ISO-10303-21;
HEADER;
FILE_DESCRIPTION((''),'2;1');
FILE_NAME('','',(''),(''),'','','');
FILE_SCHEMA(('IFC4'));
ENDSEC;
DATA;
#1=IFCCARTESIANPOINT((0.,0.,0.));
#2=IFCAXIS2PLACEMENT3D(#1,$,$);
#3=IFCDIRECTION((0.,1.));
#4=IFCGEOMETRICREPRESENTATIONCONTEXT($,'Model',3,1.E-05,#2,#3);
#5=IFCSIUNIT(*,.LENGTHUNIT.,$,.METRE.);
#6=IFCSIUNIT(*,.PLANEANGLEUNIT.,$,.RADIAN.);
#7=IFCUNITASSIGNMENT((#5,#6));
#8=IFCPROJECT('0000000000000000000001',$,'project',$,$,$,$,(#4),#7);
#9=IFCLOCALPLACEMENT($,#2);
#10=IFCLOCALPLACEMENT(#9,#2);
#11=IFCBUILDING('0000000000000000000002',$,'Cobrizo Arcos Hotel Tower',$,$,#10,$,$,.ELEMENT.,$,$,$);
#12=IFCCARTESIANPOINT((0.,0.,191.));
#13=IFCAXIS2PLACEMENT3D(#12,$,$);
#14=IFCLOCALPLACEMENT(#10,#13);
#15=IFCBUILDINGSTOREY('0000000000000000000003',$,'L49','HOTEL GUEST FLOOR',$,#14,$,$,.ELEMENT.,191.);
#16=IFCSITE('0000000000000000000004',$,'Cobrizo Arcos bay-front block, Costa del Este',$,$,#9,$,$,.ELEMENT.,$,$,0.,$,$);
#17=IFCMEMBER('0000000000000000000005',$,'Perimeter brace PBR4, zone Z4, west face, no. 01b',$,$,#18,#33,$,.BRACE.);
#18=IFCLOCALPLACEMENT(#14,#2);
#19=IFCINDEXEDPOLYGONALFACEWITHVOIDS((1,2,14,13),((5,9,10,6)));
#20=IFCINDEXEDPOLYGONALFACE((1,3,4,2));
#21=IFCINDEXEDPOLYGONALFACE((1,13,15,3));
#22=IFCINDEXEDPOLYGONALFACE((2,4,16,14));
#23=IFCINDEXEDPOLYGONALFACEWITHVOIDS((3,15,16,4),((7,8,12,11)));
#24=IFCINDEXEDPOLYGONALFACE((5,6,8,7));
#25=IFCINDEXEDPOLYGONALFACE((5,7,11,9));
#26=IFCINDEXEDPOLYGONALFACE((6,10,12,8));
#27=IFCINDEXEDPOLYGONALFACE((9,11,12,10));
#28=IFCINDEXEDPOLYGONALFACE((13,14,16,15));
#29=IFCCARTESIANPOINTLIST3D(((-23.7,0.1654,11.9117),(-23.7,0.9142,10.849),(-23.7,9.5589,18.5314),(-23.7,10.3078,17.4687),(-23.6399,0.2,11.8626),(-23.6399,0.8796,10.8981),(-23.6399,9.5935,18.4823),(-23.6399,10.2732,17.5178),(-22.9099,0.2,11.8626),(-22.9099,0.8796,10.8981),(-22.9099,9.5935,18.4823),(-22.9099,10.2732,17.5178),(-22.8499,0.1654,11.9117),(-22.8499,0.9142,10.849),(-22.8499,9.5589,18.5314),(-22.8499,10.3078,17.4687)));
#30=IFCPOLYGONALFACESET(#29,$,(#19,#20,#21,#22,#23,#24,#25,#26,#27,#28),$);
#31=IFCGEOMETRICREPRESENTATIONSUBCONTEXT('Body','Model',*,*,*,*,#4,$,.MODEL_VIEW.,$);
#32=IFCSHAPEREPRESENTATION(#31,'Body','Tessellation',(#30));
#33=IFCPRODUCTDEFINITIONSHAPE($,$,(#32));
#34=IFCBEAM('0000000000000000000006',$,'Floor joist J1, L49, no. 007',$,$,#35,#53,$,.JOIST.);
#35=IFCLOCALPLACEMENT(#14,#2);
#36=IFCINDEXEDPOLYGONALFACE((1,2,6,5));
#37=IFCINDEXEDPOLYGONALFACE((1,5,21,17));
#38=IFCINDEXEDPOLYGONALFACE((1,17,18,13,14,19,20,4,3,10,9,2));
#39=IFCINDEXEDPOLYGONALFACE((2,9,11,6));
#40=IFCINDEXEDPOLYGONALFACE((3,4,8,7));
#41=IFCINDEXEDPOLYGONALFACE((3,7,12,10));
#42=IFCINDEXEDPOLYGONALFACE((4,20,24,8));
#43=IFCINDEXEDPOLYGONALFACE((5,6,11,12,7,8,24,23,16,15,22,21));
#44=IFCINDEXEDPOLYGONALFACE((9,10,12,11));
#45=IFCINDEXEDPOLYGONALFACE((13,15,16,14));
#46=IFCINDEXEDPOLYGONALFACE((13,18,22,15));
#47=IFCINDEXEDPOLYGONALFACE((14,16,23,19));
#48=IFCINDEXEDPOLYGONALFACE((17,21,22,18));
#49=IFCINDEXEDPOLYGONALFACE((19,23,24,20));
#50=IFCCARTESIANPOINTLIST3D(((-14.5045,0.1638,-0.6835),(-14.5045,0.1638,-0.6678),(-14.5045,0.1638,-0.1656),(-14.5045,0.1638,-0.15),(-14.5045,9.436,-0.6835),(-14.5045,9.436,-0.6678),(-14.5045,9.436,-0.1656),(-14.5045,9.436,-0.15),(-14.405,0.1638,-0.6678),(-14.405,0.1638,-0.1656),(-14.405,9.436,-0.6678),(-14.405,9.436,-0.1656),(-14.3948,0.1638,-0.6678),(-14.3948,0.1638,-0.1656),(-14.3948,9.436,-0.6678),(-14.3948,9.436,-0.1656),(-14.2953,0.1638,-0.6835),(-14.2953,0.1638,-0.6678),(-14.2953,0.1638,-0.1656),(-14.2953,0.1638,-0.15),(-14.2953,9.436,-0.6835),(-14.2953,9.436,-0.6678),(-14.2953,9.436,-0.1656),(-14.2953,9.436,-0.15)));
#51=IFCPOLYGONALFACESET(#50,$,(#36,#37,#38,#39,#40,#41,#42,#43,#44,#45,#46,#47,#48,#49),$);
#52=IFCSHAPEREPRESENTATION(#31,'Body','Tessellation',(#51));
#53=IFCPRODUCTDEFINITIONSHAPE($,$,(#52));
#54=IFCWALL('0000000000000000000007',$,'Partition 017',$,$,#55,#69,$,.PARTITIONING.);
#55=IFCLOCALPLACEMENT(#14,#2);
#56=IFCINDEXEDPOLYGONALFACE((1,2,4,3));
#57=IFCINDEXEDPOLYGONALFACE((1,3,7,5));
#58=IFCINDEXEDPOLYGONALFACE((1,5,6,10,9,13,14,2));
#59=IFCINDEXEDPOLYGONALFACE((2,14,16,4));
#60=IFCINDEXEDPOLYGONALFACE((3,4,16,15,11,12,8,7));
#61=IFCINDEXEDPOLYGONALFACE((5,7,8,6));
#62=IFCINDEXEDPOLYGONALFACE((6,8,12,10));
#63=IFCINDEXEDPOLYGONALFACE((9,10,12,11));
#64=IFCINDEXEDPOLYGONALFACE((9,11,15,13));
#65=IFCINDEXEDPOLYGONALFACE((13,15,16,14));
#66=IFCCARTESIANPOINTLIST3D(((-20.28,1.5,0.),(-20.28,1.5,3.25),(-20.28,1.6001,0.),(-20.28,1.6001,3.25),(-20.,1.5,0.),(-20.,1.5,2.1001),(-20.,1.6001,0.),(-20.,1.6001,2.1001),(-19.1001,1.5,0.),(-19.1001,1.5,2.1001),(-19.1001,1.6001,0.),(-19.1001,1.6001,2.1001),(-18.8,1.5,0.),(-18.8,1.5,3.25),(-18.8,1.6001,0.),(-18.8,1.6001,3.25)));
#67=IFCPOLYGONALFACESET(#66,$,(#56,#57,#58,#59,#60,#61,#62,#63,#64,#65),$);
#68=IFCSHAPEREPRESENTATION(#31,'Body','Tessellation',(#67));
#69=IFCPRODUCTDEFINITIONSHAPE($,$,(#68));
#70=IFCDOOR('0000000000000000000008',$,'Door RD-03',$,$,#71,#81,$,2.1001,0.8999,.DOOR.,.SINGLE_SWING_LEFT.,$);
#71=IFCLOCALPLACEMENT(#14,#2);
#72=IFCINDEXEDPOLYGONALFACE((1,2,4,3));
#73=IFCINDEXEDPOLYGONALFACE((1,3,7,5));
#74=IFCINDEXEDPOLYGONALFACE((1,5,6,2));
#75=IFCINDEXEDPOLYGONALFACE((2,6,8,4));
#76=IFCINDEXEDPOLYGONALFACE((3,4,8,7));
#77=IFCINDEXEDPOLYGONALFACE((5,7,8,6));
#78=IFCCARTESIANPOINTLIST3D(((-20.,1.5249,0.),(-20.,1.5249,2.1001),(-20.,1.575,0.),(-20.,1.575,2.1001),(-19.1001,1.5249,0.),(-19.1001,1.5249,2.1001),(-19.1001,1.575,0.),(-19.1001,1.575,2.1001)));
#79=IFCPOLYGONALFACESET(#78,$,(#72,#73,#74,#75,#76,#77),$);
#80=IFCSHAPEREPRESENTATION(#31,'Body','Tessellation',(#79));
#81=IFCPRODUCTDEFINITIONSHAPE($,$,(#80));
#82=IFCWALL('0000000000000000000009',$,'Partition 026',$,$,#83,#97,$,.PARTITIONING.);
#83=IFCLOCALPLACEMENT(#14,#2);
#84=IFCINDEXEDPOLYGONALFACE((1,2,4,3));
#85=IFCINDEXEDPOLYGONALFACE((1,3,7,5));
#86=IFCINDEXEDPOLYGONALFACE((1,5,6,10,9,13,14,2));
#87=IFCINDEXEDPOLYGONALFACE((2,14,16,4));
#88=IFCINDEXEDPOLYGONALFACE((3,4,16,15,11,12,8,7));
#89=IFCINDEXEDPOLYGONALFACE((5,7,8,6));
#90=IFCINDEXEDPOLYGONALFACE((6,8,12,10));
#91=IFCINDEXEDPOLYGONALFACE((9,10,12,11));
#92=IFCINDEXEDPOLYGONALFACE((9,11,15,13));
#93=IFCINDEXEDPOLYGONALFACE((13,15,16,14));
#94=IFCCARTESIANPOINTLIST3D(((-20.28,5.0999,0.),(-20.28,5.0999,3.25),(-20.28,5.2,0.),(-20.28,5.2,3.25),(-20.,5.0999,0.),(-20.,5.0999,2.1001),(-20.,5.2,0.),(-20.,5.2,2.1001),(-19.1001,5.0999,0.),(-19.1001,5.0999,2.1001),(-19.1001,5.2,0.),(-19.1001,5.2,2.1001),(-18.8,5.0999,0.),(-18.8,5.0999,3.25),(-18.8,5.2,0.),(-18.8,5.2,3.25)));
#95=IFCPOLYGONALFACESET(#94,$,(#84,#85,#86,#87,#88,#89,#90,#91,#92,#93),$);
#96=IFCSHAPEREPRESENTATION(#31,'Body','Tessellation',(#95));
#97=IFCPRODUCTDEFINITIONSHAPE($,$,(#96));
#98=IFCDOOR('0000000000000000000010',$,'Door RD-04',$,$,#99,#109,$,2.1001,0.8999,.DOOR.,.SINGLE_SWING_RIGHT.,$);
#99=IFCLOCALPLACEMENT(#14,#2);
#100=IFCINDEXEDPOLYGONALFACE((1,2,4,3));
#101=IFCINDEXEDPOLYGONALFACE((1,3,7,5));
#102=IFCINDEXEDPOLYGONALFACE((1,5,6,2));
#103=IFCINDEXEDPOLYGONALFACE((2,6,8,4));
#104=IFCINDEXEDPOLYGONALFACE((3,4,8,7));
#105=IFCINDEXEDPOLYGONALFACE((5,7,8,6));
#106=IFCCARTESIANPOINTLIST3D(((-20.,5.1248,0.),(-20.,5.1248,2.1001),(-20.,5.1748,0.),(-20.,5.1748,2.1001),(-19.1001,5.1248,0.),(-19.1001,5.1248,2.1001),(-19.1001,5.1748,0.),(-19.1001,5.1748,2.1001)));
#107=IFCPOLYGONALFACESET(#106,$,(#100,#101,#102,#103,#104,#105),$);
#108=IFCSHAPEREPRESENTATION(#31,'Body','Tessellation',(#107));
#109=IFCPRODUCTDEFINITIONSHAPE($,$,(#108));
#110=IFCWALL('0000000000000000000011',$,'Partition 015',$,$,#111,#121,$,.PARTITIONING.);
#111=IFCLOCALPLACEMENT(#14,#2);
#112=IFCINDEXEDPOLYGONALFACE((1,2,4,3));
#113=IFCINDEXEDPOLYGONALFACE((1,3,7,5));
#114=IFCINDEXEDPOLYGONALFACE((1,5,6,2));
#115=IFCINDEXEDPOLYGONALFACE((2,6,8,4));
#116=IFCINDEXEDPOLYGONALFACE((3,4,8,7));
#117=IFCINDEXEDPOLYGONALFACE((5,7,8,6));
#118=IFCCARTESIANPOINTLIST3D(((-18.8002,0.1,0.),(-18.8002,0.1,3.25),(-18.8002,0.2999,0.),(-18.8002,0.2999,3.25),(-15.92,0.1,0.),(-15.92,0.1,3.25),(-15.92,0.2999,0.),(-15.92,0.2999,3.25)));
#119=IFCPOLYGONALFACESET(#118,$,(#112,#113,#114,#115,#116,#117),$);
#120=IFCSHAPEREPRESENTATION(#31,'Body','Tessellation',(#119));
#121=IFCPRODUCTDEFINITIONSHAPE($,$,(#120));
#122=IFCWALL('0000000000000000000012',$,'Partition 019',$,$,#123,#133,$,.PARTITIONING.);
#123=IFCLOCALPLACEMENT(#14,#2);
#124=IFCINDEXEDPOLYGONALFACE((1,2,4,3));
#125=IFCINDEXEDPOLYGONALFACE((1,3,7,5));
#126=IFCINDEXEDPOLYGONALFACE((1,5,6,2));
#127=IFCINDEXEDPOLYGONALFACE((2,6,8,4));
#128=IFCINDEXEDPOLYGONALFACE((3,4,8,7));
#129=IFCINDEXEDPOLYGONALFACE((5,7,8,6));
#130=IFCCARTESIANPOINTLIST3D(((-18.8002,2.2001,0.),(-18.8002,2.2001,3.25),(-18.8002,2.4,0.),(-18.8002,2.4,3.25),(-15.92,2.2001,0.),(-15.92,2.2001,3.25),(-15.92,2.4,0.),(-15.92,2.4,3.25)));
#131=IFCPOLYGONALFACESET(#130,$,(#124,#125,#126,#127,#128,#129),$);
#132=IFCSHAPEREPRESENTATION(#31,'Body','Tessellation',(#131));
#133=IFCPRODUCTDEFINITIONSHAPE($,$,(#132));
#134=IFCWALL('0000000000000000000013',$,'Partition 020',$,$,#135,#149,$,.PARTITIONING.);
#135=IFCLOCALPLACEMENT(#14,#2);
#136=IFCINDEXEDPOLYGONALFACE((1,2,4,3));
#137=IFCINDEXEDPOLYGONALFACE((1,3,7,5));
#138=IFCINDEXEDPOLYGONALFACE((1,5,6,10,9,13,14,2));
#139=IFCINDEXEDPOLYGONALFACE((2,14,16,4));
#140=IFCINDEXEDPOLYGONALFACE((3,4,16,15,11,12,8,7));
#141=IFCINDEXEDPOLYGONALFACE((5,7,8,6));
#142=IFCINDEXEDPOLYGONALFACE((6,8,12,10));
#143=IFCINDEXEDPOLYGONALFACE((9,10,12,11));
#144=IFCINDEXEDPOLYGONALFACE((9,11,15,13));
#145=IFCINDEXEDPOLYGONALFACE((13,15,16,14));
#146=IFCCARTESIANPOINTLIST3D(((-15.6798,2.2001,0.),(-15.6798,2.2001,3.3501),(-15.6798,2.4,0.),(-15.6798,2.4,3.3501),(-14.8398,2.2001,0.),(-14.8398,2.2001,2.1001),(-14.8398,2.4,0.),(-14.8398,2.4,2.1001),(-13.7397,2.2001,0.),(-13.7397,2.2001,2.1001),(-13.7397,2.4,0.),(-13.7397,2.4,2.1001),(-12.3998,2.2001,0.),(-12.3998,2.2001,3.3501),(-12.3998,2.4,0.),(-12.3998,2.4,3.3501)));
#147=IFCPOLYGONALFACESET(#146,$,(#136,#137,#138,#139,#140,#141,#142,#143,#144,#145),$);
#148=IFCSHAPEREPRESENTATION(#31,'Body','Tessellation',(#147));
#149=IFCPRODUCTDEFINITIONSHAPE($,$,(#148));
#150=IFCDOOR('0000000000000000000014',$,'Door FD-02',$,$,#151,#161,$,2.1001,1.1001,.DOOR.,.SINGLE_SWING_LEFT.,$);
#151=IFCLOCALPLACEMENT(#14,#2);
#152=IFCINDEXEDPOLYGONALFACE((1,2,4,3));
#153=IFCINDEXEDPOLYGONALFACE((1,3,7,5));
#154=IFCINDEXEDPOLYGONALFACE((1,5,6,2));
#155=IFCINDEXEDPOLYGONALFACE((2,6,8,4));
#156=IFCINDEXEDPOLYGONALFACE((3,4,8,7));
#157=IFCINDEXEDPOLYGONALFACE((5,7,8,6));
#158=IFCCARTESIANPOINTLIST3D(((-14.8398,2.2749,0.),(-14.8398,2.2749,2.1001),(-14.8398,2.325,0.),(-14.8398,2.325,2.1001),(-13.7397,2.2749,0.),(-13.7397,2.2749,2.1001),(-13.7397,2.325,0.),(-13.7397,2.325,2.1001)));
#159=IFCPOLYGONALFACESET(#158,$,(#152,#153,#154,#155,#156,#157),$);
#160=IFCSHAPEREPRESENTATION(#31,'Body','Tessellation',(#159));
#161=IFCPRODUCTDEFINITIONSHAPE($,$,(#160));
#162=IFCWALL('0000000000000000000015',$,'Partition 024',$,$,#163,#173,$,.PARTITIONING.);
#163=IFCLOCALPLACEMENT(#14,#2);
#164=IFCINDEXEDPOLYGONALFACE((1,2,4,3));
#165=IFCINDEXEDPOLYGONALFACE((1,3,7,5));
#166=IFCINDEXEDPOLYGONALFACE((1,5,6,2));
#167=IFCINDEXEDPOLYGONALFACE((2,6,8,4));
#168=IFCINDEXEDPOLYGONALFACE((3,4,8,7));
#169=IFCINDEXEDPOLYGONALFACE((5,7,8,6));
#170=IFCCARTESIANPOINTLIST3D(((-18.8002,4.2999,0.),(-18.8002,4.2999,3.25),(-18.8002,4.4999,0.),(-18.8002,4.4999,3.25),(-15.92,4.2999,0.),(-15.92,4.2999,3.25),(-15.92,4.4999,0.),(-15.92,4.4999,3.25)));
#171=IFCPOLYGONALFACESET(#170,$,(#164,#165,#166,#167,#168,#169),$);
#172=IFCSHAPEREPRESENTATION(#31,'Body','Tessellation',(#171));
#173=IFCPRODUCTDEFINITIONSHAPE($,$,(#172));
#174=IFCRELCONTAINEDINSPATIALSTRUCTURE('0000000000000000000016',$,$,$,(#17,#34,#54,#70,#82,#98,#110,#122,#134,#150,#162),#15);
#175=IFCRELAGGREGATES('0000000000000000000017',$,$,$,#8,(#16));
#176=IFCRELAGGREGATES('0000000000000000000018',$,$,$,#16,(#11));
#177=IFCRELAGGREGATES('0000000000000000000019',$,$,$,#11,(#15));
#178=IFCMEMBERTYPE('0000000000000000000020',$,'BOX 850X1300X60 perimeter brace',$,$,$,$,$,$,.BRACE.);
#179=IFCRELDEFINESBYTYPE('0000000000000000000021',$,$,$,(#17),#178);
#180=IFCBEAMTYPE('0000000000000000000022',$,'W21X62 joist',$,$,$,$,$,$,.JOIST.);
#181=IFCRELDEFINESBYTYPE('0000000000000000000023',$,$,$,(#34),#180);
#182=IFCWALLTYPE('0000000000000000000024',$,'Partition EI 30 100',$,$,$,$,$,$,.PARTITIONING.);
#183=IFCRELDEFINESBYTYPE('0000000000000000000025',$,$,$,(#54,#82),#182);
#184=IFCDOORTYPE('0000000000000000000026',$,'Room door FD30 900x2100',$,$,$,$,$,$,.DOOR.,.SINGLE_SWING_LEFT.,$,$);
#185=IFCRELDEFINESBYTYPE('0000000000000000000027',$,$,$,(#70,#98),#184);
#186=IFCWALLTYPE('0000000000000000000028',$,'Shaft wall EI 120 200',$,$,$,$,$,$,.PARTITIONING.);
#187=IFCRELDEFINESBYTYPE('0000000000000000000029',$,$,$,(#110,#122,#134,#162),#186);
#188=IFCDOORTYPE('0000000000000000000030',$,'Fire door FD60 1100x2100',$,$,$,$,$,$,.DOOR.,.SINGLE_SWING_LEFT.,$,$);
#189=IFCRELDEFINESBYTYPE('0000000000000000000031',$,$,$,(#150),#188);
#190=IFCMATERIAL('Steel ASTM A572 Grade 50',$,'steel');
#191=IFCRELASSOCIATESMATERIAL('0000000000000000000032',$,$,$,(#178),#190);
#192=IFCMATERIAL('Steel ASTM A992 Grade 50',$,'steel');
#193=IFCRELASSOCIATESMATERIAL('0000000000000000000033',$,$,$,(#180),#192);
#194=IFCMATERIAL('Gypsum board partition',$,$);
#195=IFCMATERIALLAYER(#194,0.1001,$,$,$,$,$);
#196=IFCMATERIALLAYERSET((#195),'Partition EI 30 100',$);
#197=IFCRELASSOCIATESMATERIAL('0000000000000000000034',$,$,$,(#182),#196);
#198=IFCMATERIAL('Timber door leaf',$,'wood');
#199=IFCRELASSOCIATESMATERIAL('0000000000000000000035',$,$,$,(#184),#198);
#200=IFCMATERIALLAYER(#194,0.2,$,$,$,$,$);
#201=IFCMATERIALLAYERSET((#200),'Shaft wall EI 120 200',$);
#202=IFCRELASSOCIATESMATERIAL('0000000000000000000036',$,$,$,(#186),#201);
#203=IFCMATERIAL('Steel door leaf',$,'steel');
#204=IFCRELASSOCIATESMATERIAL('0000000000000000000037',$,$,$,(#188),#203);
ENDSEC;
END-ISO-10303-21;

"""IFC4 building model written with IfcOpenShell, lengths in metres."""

from ifc_helpers import new_model, si_unit, direction, frame, frame_2d, origin, origin_2d, place, context, subcontext, project, spatial, rectangle, hollow_rectangle, i_section, extrude, material, layer, layer_set, material_profile, profile_set, type_object, element, fill, save


model = new_model("IFC4")

# Units and contexts
model_context = context("Model", 3, precision=1e-05, world=origin(), true_north=direction((0.0, 1.0)))
body_context = subcontext(model_context, "Body", "Model", "MODEL_VIEW")
ifc_project = project(units=[si_unit("LENGTHUNIT", "METRE"), si_unit("PLANEANGLEUNIT", "RADIAN")], contexts=[model_context])

# Site, building, storey
site_placement = place(None, origin())
site = spatial("IfcSite", under=ifc_project, at=site_placement, Name="Cobrizo Arcos bay-front block, Costa del Este", CompositionType="ELEMENT", RefElevation=0.0)
building_placement = place(site_placement, origin())
building = spatial("IfcBuilding", under=site, at=building_placement, Name="Cobrizo Arcos Hotel Tower", CompositionType="ELEMENT")
storey_placement = place(building_placement, frame((0.0, 0.0, 191.0)))
storey = spatial("IfcBuildingStorey", under=building, at=storey_placement, Name="L49", Description="HOTEL GUEST FLOOR", CompositionType="ELEMENT", Elevation=191.0)

# Member
ifc_material_1 = material(Name="Steel ASTM A572 Grade 50", Category="steel")
ifc_material_profile_1 = material_profile(ifc_material_1, hollow_rectangle(XDim=0.8501, YDim=1.3, WallThickness=0.0601, at=origin_2d()), Name="BOX 850X1300X60")
ifc_profile_set_1 = profile_set([ifc_material_profile_1], Name="Steel ASTM A572 Grade 50")
member_type = type_object("IfcMemberType", Name="BOX 850X1300X60 perimeter brace", PredefinedType="BRACE", material=ifc_profile_set_1)
member_placement = place(storey_placement, frame((-23.2749, 0.5398, 11.3804), z_axis=(0.0, 0.817423, 0.576037), x_axis=(-1.0, 0.0, 0.0)))
element("IfcMember", 1, at=member_placement, inside=storey, type_object=member_type, Name="Perimeter brace PBR4, zone Z4, west face, no. 01b", PredefinedType="BRACE", context=body_context, shape_type="SweptSolid", body=[
    extrude(hollow_rectangle(XDim=0.8501, YDim=1.3, WallThickness=0.0601, at=origin_2d()), origin(), (0.0, 0.0, 1.0), 11.4917),
])

# Beam
ifc_material_2 = material(Name="Steel ASTM A992 Grade 50", Category="steel")
ifc_material_profile_2 = material_profile(ifc_material_2, i_section(OverallWidth=0.2092, OverallDepth=0.5334, WebThickness=0.0103, FlangeThickness=0.0156, at=origin_2d()), Name="W21X62")
ifc_profile_set_2 = profile_set([ifc_material_profile_2], Name="Steel ASTM A992 Grade 50")
beam_type = type_object("IfcBeamType", Name="W21X62 joist", PredefinedType="JOIST", material=ifc_profile_set_2)
beam_placement = place(storey_placement, frame((-14.3999, 0.1638, -0.4167), z_axis=(0.0, 1.0, 0.0), x_axis=(-1.0, 0.0, 0.0)))
element("IfcBeam", 2, at=beam_placement, inside=storey, type_object=beam_type, Name="Floor joist J1, L49, no. 007", PredefinedType="JOIST", context=body_context, shape_type="SweptSolid", body=[
    extrude(i_section(OverallWidth=0.2092, OverallDepth=0.5334, WebThickness=0.0103, FlangeThickness=0.0156, at=origin_2d()), origin(), (0.0, 0.0, 1.0), 9.2722),
])

# Walls, openings, doors
ifc_material_3 = material(Name="Gypsum board partition")
ifc_layer_1 = layer(ifc_material_3, 0.1001)
ifc_layer_set_1 = layer_set([ifc_layer_1], Name="Partition EI 30 100")
wall_type_1 = type_object("IfcWallType", Name="Partition EI 30 100", PredefinedType="PARTITIONING", material=ifc_layer_set_1)
wall_1_placement = place(storey_placement, frame((-20.28, 1.55, 0.0), z_axis=(0.0, 0.0, 1.0), x_axis=(1.0, 0.0, 0.0)))
wall_1 = element("IfcWall", 3, at=wall_1_placement, inside=storey, type_object=wall_type_1, Name="Partition 017", PredefinedType="PARTITIONING", context=body_context, shape_type="SweptSolid", body=[
    extrude(rectangle(XDim=1.48, YDim=0.1001, at=frame_2d((0.74, 0.0))), origin(), (0.0, 0.0, 1.0), 3.25),
])
opening_1_placement = place(wall_1_placement, frame((0.28, 0.0, 0.0)))
opening_1 = element("IfcOpeningElement", 4, at=opening_1_placement, cuts=wall_1, PredefinedType="OPENING", context=body_context, shape_type="SweptSolid", body=[
    extrude(rectangle(XDim=0.8999, YDim=2.1001, at=frame_2d((0.45, 1.05))), frame((0.0, 0.062, 0.0), z_axis=(0.0, -1.0, 0.0), x_axis=(1.0, 0.0, 0.0)), (0.0, 0.0, 1.0), 0.124),
])
ifc_material_4 = material(Name="Timber door leaf", Category="wood")
door_type_1 = type_object("IfcDoorType", Name="Room door FD30 900x2100", OperationType="SINGLE_SWING_LEFT", PredefinedType="DOOR", material=ifc_material_4)
door_1_placement = place(opening_1_placement, origin())
door_1 = element("IfcDoor", 5, at=door_1_placement, inside=storey, type_object=door_type_1, Name="Door RD-03", OperationType="SINGLE_SWING_LEFT", OverallHeight=2.1001, OverallWidth=0.8999, PredefinedType="DOOR", context=body_context, shape_type="SweptSolid", body=[
    extrude(rectangle(XDim=0.8999, YDim=2.1001, at=frame_2d((0.45, 1.05))), frame((0.0, 0.0249, 0.0), z_axis=(0.0, -1.0, 0.0), x_axis=(1.0, 0.0, 0.0)), (0.0, 0.0, 1.0), 0.05),
])
fill(opening_1, door_1)
wall_2_placement = place(storey_placement, frame((-20.28, 5.1499, 0.0), z_axis=(0.0, 0.0, 1.0), x_axis=(1.0, 0.0, 0.0)))
wall_2 = element("IfcWall", 6, at=wall_2_placement, inside=storey, type_object=wall_type_1, Name="Partition 026", PredefinedType="PARTITIONING", context=body_context, shape_type="SweptSolid", body=[
    extrude(rectangle(XDim=1.48, YDim=0.1001, at=frame_2d((0.74, 0.0))), origin(), (0.0, 0.0, 1.0), 3.25),
])
opening_2_placement = place(wall_2_placement, frame((0.28, 0.0, 0.0)))
opening_2 = element("IfcOpeningElement", 7, at=opening_2_placement, cuts=wall_2, PredefinedType="OPENING", context=body_context, shape_type="SweptSolid", body=[
    extrude(rectangle(XDim=0.8999, YDim=2.1001, at=frame_2d((0.45, 1.05))), frame((0.0, 0.062, 0.0), z_axis=(0.0, -1.0, 0.0), x_axis=(1.0, 0.0, 0.0)), (0.0, 0.0, 1.0), 0.124),
])
door_2_placement = place(opening_2_placement, origin())
door_2 = element("IfcDoor", 8, at=door_2_placement, inside=storey, type_object=door_type_1, Name="Door RD-04", OperationType="SINGLE_SWING_RIGHT", OverallHeight=2.1001, OverallWidth=0.8999, PredefinedType="DOOR", context=body_context, shape_type="SweptSolid", body=[
    extrude(rectangle(XDim=0.8999, YDim=2.1001, at=frame_2d((0.45, 1.05))), frame((0.0, 0.0249, 0.0), z_axis=(0.0, -1.0, 0.0), x_axis=(1.0, 0.0, 0.0)), (0.0, 0.0, 1.0), 0.05),
])
fill(opening_2, door_2)

# Walls
ifc_layer_2 = layer(ifc_material_3, 0.2)
ifc_layer_set_2 = layer_set([ifc_layer_2], Name="Shaft wall EI 120 200")
wall_type_2 = type_object("IfcWallType", Name="Shaft wall EI 120 200", PredefinedType="PARTITIONING", material=ifc_layer_set_2)
for number, where, z_axis, x_axis, name in (
    (9, (-18.8, 0.2, 0.0), (0.0, 0.0, 1.0), (1.0, 0.0, 0.0), "Partition 015"),
    (10, (-18.8, 2.3, 0.0), (0.0, 0.0, 1.0), (1.0, 0.0, 0.0), "Partition 019"),
):
    element("IfcWall", number, at=place(storey_placement, frame(where, z_axis=z_axis, x_axis=x_axis)), inside=storey, type_object=wall_type_2, Name=name, PredefinedType="PARTITIONING", context=body_context, shape_type="SweptSolid", body=[
        extrude(rectangle(XDim=2.8801, YDim=0.2, at=frame_2d((1.4399, 0.0))), origin(), (0.0, 0.0, 1.0), 3.25),
    ])

# Wall, opening, door
wall_3_placement = place(storey_placement, frame((-15.6799, 2.3, 0.0), z_axis=(0.0, 0.0, 1.0), x_axis=(1.0, 0.0, 0.0)))
wall_3 = element("IfcWall", 11, at=wall_3_placement, inside=storey, type_object=wall_type_2, Name="Partition 020", PredefinedType="PARTITIONING", context=body_context, shape_type="SweptSolid", body=[
    extrude(rectangle(XDim=3.28, YDim=0.2, at=frame_2d((1.6401, 0.0))), origin(), (0.0, 0.0, 1.0), 3.3501),
])
opening_3_placement = place(wall_3_placement, frame((0.8401, 0.0, 0.0)))
opening_3 = element("IfcOpeningElement", 12, at=opening_3_placement, cuts=wall_3, PredefinedType="OPENING", context=body_context, shape_type="SweptSolid", body=[
    extrude(rectangle(XDim=1.1001, YDim=2.1001, at=frame_2d((0.55, 1.05))), frame((0.0, 0.1121, 0.0), z_axis=(0.0, -1.0, 0.0), x_axis=(1.0, 0.0, 0.0)), (0.0, 0.0, 1.0), 0.2239),
])
ifc_material_5 = material(Name="Steel door leaf", Category="steel")
door_type_2 = type_object("IfcDoorType", Name="Fire door FD60 1100x2100", OperationType="SINGLE_SWING_LEFT", PredefinedType="DOOR", material=ifc_material_5)
door_3_placement = place(opening_3_placement, origin())
door_3 = element("IfcDoor", 13, at=door_3_placement, inside=storey, type_object=door_type_2, Name="Door FD-02", OperationType="SINGLE_SWING_LEFT", OverallHeight=2.1001, OverallWidth=1.1001, PredefinedType="DOOR", context=body_context, shape_type="SweptSolid", body=[
    extrude(rectangle(XDim=1.1001, YDim=2.1001, at=frame_2d((0.55, 1.05))), frame((0.0, 0.0249, 0.0), z_axis=(0.0, -1.0, 0.0), x_axis=(1.0, 0.0, 0.0)), (0.0, 0.0, 1.0), 0.05),
])
fill(opening_3, door_3)

# Wall
for number, where, z_axis, x_axis, name in (
    (14, (-18.8, 4.3999, 0.0), (0.0, 0.0, 1.0), (1.0, 0.0, 0.0), "Partition 024"),
):
    element("IfcWall", number, at=place(storey_placement, frame(where, z_axis=z_axis, x_axis=x_axis)), inside=storey, type_object=wall_type_2, Name=name, PredefinedType="PARTITIONING", context=body_context, shape_type="SweptSolid", body=[
        extrude(rectangle(XDim=2.8801, YDim=0.2, at=frame_2d((1.4399, 0.0))), origin(), (0.0, 0.0, 1.0), 3.25),
    ])

save(model, "model.ifc")
